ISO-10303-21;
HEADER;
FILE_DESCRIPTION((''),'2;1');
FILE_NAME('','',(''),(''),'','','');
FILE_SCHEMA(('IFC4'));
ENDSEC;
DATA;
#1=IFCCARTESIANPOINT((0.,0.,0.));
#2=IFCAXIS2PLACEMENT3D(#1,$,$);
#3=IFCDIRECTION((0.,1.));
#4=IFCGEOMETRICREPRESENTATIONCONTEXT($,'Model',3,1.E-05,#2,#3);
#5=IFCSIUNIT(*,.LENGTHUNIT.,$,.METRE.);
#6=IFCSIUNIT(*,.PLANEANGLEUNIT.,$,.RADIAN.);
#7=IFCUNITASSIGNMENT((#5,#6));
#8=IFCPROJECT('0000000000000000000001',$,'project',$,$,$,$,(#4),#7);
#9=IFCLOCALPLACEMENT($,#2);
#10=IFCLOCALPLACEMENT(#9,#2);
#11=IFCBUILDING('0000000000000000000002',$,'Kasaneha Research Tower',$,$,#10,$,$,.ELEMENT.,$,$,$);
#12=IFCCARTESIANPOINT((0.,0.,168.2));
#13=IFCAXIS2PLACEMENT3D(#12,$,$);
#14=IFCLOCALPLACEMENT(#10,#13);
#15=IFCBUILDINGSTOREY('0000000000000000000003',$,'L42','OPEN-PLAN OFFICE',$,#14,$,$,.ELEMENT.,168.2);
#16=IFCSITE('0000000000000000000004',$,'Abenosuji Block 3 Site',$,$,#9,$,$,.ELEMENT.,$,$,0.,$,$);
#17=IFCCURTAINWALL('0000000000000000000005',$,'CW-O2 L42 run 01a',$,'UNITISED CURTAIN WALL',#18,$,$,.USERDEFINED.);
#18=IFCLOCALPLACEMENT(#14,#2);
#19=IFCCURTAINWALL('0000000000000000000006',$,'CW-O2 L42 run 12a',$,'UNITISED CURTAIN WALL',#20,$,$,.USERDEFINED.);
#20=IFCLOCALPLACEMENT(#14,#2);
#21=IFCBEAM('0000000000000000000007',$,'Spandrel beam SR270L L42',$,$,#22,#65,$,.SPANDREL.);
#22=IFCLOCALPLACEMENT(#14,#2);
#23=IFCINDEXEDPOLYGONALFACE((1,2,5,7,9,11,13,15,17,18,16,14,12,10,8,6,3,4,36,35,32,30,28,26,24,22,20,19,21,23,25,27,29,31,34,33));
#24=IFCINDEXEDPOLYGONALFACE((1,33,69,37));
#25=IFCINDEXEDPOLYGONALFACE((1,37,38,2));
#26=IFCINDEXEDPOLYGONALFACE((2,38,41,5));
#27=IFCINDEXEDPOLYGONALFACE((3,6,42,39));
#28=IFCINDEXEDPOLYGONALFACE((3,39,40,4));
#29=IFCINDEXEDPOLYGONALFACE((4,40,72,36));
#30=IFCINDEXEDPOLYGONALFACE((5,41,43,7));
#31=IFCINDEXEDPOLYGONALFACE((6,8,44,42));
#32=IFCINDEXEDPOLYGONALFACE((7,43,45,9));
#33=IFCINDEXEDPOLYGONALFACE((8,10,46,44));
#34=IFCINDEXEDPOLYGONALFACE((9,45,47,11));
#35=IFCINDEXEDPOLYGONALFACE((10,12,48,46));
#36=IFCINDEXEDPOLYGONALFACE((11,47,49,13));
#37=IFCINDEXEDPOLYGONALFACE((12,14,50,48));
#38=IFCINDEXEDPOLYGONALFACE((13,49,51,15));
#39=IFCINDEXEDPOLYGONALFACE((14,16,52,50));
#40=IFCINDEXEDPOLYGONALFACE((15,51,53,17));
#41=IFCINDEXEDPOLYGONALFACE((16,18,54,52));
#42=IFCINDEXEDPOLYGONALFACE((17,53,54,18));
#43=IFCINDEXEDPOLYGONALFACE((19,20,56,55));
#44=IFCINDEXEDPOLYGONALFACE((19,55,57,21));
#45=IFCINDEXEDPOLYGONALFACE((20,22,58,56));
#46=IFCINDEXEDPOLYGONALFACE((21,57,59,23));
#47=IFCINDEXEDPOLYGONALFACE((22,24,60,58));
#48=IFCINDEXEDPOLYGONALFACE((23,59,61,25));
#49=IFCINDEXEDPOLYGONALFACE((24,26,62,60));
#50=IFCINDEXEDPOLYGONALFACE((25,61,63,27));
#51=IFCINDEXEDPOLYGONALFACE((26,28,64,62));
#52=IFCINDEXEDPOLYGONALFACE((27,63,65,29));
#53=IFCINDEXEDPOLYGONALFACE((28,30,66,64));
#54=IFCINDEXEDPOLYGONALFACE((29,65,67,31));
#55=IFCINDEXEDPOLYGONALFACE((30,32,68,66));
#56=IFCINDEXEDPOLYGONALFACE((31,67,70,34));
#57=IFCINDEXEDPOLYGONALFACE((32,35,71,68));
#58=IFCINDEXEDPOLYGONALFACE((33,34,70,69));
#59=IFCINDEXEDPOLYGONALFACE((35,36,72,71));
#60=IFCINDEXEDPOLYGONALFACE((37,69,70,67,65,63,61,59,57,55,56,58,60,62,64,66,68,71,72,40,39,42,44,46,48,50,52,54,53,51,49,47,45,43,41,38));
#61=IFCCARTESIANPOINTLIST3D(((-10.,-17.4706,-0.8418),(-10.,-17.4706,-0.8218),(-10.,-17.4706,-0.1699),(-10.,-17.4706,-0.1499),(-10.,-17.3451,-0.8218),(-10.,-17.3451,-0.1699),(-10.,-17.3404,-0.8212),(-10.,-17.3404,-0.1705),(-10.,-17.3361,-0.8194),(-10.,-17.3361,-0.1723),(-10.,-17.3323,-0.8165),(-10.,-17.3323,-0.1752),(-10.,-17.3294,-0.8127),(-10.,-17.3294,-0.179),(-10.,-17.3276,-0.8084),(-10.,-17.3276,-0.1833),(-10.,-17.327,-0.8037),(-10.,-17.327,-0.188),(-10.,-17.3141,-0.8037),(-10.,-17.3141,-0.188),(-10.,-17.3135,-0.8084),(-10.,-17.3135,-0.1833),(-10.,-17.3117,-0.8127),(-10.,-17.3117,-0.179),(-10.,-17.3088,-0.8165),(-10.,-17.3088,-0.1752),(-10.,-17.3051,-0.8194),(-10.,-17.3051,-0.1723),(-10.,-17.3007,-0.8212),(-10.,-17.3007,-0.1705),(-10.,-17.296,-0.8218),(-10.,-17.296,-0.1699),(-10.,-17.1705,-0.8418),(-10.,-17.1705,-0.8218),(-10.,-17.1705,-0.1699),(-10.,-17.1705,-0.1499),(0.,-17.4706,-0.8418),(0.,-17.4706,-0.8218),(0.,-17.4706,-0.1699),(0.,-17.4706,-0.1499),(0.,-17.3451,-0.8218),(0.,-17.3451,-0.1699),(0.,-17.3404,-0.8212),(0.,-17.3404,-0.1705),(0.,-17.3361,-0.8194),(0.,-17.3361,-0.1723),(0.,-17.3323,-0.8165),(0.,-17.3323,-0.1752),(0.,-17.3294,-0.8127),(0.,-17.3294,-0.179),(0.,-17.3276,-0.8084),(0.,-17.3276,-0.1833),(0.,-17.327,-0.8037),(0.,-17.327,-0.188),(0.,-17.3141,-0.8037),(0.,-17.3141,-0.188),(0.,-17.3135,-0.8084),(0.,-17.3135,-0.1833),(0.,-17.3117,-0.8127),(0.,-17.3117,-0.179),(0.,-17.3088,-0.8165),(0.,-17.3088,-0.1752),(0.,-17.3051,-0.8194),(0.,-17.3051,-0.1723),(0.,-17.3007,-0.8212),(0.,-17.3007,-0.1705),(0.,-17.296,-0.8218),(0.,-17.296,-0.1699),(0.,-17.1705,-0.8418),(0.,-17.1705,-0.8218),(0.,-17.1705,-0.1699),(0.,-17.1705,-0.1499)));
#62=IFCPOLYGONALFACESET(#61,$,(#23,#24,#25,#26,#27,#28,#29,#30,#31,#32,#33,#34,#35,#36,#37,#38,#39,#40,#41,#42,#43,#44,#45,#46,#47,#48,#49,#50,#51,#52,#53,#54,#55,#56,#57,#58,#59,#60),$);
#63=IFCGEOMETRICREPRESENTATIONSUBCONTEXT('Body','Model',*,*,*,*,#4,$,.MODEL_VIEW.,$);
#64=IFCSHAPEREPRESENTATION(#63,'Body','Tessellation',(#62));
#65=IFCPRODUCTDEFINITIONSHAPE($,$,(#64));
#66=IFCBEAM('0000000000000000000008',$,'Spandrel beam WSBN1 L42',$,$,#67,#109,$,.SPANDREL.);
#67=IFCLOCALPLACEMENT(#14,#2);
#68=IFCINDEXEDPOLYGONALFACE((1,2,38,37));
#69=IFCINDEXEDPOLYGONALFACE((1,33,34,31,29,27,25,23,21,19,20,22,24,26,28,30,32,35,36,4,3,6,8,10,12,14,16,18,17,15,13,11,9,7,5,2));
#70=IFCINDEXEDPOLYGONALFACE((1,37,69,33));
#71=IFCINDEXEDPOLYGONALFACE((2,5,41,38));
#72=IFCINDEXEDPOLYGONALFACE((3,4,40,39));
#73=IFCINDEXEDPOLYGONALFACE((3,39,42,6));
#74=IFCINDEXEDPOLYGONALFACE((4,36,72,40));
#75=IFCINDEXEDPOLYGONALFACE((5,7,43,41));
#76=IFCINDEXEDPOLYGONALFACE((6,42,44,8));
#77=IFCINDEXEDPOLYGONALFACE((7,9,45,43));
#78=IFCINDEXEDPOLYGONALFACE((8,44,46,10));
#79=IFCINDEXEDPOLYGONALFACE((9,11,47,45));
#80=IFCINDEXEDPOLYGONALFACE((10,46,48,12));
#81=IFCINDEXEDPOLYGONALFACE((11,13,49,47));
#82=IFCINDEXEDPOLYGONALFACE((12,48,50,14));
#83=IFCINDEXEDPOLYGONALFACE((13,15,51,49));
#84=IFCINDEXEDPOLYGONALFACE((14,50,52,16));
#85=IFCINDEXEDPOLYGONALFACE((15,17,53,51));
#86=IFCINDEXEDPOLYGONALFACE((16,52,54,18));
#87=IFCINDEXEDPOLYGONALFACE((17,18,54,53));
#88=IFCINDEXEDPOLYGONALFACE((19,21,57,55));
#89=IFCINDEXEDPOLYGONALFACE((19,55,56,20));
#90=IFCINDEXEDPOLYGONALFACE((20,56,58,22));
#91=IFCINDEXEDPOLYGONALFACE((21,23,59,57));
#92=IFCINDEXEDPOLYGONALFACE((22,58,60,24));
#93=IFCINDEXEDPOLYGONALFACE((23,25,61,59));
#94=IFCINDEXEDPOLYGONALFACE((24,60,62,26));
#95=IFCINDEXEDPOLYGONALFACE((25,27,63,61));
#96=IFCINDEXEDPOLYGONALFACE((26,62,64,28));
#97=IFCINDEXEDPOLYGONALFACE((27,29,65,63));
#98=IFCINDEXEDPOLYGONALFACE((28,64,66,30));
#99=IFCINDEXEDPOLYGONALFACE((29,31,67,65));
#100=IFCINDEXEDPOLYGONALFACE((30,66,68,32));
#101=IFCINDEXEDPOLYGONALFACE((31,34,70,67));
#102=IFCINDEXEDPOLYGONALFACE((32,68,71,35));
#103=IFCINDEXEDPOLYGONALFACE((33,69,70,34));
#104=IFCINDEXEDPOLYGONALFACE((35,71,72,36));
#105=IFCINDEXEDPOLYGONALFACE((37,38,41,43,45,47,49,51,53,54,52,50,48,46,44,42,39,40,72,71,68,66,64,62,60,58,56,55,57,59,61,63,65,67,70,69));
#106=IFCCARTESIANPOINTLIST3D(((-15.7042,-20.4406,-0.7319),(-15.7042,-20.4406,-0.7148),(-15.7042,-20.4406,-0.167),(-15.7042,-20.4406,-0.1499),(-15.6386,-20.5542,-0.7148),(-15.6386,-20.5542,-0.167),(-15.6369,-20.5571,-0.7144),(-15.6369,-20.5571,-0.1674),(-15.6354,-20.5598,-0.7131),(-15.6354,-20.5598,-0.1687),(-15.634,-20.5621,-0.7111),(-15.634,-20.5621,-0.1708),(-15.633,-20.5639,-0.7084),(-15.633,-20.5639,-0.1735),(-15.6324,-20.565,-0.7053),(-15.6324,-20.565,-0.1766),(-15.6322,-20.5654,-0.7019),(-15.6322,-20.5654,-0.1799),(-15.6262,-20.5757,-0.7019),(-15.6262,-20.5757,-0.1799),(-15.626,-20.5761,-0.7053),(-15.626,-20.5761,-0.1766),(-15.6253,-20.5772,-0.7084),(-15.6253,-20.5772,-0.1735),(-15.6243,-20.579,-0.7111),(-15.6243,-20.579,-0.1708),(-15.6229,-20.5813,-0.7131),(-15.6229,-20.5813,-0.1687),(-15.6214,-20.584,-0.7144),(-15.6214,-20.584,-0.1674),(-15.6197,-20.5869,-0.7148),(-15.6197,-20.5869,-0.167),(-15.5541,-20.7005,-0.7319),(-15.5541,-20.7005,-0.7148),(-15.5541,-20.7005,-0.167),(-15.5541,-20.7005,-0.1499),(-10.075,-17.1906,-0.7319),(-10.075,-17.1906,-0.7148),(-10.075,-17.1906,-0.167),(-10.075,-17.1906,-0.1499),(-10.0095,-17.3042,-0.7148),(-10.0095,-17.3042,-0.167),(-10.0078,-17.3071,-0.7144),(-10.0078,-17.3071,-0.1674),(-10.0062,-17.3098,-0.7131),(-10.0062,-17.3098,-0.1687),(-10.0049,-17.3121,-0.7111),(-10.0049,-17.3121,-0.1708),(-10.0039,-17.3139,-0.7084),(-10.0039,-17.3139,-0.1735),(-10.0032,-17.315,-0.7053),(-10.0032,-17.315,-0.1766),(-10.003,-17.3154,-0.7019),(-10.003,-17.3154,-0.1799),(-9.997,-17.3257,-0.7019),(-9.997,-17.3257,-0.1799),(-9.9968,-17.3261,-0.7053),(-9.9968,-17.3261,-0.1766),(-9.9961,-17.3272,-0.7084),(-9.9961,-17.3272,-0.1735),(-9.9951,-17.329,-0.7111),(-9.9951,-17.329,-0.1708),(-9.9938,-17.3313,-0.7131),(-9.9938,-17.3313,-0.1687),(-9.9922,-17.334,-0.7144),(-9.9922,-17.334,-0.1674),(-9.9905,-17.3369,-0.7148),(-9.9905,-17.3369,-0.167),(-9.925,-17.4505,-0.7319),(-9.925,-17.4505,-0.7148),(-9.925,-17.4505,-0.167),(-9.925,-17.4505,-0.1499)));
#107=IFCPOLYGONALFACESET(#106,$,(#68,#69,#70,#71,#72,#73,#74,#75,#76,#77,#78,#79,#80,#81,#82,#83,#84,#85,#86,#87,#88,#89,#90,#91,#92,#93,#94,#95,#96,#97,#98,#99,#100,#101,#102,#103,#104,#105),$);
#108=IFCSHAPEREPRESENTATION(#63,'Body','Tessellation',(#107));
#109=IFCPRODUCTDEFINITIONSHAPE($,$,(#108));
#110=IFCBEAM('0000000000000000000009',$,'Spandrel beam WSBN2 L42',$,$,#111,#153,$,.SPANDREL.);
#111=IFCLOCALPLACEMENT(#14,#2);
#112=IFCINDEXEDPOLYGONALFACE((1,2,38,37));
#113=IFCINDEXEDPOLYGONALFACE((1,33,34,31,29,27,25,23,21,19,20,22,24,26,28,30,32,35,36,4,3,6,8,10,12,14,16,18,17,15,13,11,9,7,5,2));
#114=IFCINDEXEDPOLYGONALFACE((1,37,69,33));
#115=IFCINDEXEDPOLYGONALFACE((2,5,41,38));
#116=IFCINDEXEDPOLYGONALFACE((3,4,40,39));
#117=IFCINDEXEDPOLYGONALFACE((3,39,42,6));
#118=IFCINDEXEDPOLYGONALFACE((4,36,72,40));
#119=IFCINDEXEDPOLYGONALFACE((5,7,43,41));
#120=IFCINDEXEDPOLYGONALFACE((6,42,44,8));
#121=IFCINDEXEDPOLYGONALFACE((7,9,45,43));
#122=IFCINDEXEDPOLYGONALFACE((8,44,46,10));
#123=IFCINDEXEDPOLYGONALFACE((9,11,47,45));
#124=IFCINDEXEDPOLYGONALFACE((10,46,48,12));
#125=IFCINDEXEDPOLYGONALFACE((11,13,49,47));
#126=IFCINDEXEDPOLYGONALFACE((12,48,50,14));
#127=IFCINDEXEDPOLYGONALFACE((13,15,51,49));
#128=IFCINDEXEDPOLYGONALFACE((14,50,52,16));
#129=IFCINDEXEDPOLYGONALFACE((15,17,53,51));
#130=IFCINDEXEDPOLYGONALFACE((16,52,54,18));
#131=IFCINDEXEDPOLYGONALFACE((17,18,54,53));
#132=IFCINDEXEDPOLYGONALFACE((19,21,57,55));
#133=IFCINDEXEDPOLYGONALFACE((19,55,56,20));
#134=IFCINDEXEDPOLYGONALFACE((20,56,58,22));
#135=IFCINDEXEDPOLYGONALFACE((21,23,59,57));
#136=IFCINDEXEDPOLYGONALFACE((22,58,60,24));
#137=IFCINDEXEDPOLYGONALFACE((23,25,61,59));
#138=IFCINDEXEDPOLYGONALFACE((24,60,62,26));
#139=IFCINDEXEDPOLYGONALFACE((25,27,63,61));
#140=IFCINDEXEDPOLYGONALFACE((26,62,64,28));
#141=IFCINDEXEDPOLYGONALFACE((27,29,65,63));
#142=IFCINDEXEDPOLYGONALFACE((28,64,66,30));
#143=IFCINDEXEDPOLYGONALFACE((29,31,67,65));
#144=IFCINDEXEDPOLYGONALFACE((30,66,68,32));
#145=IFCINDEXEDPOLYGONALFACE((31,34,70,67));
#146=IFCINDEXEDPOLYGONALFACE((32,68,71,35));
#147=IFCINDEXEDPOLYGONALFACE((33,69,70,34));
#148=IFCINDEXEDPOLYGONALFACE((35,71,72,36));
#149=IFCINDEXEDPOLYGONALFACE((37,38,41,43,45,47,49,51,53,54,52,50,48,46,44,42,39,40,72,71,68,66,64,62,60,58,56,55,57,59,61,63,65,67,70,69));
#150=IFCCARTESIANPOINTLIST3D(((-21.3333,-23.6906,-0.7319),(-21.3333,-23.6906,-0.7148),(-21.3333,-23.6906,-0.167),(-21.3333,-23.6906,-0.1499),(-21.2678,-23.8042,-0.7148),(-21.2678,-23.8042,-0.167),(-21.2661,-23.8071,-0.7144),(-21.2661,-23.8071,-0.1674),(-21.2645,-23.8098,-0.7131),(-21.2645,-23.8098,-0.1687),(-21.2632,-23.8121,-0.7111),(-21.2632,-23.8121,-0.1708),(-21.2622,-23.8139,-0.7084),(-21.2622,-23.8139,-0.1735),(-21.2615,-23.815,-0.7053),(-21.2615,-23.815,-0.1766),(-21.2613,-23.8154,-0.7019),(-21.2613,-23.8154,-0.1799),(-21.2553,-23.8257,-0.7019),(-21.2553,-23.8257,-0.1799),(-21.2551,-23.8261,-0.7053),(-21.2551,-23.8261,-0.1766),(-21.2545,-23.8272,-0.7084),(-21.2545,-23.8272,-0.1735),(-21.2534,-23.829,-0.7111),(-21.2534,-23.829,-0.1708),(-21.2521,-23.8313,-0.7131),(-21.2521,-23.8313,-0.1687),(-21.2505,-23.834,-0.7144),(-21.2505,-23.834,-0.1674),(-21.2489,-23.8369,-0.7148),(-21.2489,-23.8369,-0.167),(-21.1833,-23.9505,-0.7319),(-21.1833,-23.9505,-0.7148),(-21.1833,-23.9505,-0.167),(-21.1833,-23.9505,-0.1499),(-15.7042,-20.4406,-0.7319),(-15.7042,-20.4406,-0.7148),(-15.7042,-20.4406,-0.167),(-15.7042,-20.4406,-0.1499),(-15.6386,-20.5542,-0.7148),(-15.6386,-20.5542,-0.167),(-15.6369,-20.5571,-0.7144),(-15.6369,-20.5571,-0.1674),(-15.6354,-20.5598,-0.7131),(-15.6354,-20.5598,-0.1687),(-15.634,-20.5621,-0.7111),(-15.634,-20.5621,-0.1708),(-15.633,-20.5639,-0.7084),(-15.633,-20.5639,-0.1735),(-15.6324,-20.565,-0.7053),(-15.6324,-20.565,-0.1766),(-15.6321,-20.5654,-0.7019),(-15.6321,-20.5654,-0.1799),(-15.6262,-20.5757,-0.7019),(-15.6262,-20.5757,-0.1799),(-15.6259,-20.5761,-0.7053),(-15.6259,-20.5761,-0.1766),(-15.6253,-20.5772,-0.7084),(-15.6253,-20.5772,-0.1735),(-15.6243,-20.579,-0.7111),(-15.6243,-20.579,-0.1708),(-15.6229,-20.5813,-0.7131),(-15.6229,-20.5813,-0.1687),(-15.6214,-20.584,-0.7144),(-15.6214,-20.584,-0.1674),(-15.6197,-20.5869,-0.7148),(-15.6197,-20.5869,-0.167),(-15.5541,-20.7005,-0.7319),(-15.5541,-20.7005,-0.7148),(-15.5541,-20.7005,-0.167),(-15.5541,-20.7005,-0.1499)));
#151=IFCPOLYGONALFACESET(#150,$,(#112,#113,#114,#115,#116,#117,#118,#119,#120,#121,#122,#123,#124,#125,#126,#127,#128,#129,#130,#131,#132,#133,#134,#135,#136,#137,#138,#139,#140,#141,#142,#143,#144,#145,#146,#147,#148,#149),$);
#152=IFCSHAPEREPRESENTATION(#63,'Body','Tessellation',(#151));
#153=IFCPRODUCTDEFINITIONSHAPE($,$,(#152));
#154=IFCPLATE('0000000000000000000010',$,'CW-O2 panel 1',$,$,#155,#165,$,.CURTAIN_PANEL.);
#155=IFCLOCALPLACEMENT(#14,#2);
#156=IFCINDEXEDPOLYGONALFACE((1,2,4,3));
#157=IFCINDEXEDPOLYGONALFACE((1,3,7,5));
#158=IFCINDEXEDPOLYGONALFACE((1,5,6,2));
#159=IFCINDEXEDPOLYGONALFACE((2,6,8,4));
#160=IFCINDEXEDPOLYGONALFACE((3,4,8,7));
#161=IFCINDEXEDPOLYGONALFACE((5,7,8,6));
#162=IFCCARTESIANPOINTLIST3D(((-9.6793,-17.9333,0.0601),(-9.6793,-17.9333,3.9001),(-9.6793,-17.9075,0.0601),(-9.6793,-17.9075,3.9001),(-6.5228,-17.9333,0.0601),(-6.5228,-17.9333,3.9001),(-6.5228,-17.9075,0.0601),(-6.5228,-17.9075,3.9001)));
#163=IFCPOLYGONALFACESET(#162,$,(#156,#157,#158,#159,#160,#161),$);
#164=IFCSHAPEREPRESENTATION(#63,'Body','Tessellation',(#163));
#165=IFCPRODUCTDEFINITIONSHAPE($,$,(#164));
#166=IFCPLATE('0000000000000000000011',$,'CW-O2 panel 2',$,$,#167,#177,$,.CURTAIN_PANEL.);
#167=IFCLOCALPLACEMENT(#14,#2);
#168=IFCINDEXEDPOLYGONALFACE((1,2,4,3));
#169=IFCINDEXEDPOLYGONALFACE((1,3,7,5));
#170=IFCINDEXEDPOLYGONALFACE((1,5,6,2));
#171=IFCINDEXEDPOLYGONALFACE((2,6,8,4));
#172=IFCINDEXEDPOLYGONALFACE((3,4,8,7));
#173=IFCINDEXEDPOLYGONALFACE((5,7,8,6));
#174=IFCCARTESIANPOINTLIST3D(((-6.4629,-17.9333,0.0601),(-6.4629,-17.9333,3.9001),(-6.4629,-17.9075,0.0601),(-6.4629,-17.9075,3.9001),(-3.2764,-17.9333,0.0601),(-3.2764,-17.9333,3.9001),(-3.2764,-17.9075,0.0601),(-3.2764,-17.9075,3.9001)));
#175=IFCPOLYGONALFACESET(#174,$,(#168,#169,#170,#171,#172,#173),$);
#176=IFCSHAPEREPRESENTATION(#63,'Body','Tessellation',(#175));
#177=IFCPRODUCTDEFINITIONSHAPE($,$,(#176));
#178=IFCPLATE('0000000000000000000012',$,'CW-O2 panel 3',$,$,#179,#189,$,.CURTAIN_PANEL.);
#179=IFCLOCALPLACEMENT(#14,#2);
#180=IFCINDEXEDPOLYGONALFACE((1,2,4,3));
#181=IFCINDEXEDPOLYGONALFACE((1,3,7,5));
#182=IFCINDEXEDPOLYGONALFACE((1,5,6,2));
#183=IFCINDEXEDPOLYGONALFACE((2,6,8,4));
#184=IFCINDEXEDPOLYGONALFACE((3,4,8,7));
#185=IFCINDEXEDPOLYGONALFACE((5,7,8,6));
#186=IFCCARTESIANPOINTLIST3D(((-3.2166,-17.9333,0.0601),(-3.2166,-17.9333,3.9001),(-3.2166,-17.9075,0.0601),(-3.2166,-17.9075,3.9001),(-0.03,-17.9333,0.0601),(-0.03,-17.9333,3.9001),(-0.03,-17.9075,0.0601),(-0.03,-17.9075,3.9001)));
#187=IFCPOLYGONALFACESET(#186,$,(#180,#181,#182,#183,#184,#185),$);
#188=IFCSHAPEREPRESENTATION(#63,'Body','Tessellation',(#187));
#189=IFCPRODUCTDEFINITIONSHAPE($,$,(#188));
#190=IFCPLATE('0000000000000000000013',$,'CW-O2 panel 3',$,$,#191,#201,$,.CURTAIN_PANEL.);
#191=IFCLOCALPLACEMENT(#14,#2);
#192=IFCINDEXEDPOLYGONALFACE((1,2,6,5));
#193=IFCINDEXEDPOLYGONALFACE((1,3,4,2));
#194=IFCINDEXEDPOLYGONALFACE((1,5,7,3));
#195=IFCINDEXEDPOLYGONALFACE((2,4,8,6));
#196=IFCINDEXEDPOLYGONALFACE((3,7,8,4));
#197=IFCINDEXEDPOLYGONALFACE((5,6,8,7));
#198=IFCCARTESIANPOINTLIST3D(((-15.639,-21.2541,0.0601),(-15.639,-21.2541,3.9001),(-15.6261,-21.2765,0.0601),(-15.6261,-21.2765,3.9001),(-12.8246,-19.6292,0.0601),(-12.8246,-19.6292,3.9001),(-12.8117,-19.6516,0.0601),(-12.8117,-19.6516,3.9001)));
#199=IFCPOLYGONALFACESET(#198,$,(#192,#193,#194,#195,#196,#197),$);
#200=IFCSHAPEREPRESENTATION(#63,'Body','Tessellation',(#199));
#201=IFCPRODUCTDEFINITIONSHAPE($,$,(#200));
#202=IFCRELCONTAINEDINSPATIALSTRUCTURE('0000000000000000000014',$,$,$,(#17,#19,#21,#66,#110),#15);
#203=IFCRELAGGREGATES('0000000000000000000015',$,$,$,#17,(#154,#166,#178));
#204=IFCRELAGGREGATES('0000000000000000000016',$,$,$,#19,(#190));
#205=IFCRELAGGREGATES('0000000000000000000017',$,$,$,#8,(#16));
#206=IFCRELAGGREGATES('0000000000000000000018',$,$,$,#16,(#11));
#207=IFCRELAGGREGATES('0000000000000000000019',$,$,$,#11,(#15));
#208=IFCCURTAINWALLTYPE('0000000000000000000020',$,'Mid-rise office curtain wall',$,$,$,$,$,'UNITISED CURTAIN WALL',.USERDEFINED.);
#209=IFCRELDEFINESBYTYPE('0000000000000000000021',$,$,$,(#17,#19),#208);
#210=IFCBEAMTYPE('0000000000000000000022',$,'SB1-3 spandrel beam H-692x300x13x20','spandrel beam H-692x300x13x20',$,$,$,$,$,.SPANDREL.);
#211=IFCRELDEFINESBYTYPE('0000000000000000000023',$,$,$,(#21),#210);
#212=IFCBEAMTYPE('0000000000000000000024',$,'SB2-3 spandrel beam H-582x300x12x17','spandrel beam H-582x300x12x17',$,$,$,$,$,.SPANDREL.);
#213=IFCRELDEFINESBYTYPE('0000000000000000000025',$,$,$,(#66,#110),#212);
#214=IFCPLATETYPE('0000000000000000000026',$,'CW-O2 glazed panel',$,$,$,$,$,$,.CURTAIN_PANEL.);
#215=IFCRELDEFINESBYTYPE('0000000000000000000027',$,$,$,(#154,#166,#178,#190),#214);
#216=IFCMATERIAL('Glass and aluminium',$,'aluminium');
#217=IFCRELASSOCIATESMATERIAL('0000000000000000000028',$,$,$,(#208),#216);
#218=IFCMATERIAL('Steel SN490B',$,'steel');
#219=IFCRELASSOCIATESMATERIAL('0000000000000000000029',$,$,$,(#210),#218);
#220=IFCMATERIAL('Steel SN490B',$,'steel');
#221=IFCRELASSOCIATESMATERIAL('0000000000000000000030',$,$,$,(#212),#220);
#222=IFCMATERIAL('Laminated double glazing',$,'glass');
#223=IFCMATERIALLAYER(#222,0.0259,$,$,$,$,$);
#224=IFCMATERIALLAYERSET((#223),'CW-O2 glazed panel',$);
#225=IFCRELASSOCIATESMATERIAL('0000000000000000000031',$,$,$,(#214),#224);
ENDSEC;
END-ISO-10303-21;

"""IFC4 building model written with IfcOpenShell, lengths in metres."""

from ifc_helpers import new_model, si_unit, direction, frame, origin, origin_2d, place, context, subcontext, project, spatial, rectangle, i_section, extrude, material, layer, layer_set, material_profile, profile_set, type_object, element, aggregate, save


model = new_model("IFC4")

# Units and contexts
model_context = context("Model", 3, precision=1e-05, world=origin(), true_north=direction((0.0, 1.0)))
body_context = subcontext(model_context, "Body", "Model", "MODEL_VIEW")
ifc_project = project(units=[si_unit("LENGTHUNIT", "METRE"), si_unit("PLANEANGLEUNIT", "RADIAN")], contexts=[model_context])

# Site, building, storey
site_placement = place(None, origin())
site = spatial("IfcSite", under=ifc_project, at=site_placement, Name="Abenosuji Block 3 Site", CompositionType="ELEMENT", RefElevation=0.0)
building_placement = place(site_placement, origin())
building = spatial("IfcBuilding", under=site, at=building_placement, Name="Kasaneha Research Tower", CompositionType="ELEMENT")
storey_placement = place(building_placement, frame((0.0, 0.0, 168.2)))
storey = spatial("IfcBuildingStorey", under=building, at=storey_placement, Name="L42", Description="OPEN-PLAN OFFICE", CompositionType="ELEMENT", Elevation=168.2)

# Curtain walls
ifc_material_1 = material(Name="Glass and aluminium", Category="aluminium")
curtain_wall_type = type_object("IfcCurtainWallType", Name="Mid-rise office curtain wall", ElementType="UNITISED CURTAIN WALL", PredefinedType="USERDEFINED", material=ifc_material_1)
curtain_wall_1_placement = place(storey_placement, origin())
curtain_wall_1 = element("IfcCurtainWall", 1, at=curtain_wall_1_placement, inside=storey, type_object=curtain_wall_type, Name="CW-O2 L42 run 01a", ObjectType="UNITISED CURTAIN WALL", PredefinedType="USERDEFINED")
curtain_wall_2_placement = place(storey_placement, origin())
curtain_wall_2 = element("IfcCurtainWall", 2, at=curtain_wall_2_placement, inside=storey, type_object=curtain_wall_type, Name="CW-O2 L42 run 12a", ObjectType="UNITISED CURTAIN WALL", PredefinedType="USERDEFINED")

# Beams
ifc_material_2 = material(Name="Steel SN490B", Category="steel")
ifc_material_profile_1 = material_profile(ifc_material_2, i_section(OverallWidth=0.3, OverallDepth=0.6919, WebThickness=0.0129, FlangeThickness=0.02, FilletRadius=0.0181, at=origin_2d()), Name="H-692x300x13x20")
ifc_profile_set_1 = profile_set([ifc_material_profile_1], Name="Steel SN490B")
beam_type_1 = type_object("IfcBeamType", Name="SB1-3 spandrel beam H-692x300x13x20", Description="spandrel beam H-692x300x13x20", PredefinedType="SPANDREL", material=ifc_profile_set_1)
beam_1_placement = place(storey_placement, frame((-10.0, -17.3206, -0.4958), z_axis=(1.0, 0.0, 0.0), x_axis=(0.0, 1.0, 0.0)))
element("IfcBeam", 3, at=beam_1_placement, inside=storey, type_object=beam_type_1, Name="Spandrel beam SR270L L42", PredefinedType="SPANDREL", context=body_context, shape_type="SweptSolid", body=[
    extrude(i_section(OverallWidth=0.3, OverallDepth=0.6919, WebThickness=0.0129, FlangeThickness=0.02, FilletRadius=0.0181, at=origin_2d()), origin(), (0.0, 0.0, 1.0), 10.0),
])
ifc_material_3 = material(Name="Steel SN490B", Category="steel")
ifc_material_profile_2 = material_profile(ifc_material_3, i_section(OverallWidth=0.3, OverallDepth=0.582, WebThickness=0.012, FlangeThickness=0.0171, FilletRadius=0.0129, at=origin_2d()), Name="H-582x300x12x17")
ifc_profile_set_2 = profile_set([ifc_material_profile_2], Name="Steel SN490B")
beam_type_2 = type_object("IfcBeamType", Name="SB2-3 spandrel beam H-582x300x12x17", Description="spandrel beam H-582x300x12x17", PredefinedType="SPANDREL", material=ifc_profile_set_2)
for number, where, z_axis, x_axis, name in (
    (4, (-10.0, -17.3206, -0.4409), (-0.866025, -0.500001, 0.0), (0.500001, -0.866025, 0.0), "Spandrel beam WSBN1 L42"),
    (5, (-15.6292, -20.5706, -0.4409), (-0.866025, -0.500001, 0.0), (0.500001, -0.866025, 0.0), "Spandrel beam WSBN2 L42"),
):
    element("IfcBeam", number, at=place(storey_placement, frame(where, z_axis=z_axis, x_axis=x_axis)), inside=storey, type_object=beam_type_2, Name=name, PredefinedType="SPANDREL", context=body_context, shape_type="SweptSolid", body=[
        extrude(i_section(OverallWidth=0.3, OverallDepth=0.582, WebThickness=0.012, FlangeThickness=0.0171, FilletRadius=0.0129, at=origin_2d()), origin(), (0.0, 0.0, 1.0), 6.5),
    ])

# Plates
ifc_material_4 = material(Name="Laminated double glazing", Category="glass")
ifc_layer_1 = layer(ifc_material_4, 0.0259)
ifc_layer_set_1 = layer_set([ifc_layer_1], Name="CW-O2 glazed panel")
plate_type = type_object("IfcPlateType", Name="CW-O2 glazed panel", PredefinedType="CURTAIN_PANEL", material=ifc_layer_set_1)
plate_1_placement = place(storey_placement, frame((-8.1011, -17.9204, 0.0601), z_axis=(0.0, 0.0, 1.0), x_axis=(1.0, 0.0, 0.0)))
plate_1 = element("IfcPlate", 6, at=plate_1_placement, type_object=plate_type, Name="CW-O2 panel 1", PredefinedType="CURTAIN_PANEL", context=body_context, shape_type="SweptSolid", body=[
    extrude(rectangle(XDim=3.1565, YDim=0.0259, at=origin_2d()), origin(), (0.0, 0.0, 1.0), 3.8401),
])
plate_2_placement = place(storey_placement, frame((-4.8696, -17.9204, 0.0601), z_axis=(0.0, 0.0, 1.0), x_axis=(1.0, 0.0, 0.0)))
plate_2 = element("IfcPlate", 7, at=plate_2_placement, type_object=plate_type, Name="CW-O2 panel 2", PredefinedType="CURTAIN_PANEL", context=body_context, shape_type="SweptSolid", body=[
    extrude(rectangle(XDim=3.1865, YDim=0.0259, at=origin_2d()), origin(), (0.0, 0.0, 1.0), 3.8401),
])
plate_3_placement = place(storey_placement, frame((-1.6233, -17.9204, 0.0601), z_axis=(0.0, 0.0, 1.0), x_axis=(1.0, 0.0, 0.0)))
plate_3 = element("IfcPlate", 8, at=plate_3_placement, type_object=plate_type, Name="CW-O2 panel 3", PredefinedType="CURTAIN_PANEL", context=body_context, shape_type="SweptSolid", body=[
    extrude(rectangle(XDim=3.1865, YDim=0.0259, at=origin_2d()), origin(), (0.0, 0.0, 1.0), 3.8401),
])
aggregate(curtain_wall_1, [plate_1, plate_2, plate_3])
plate_4_placement = place(storey_placement, frame((-14.2253, -20.4529, 0.0601), z_axis=(0.0, 0.0, 1.0), x_axis=(0.866025, 0.5, 0.0)))
plate_4 = element("IfcPlate", 9, at=plate_4_placement, type_object=plate_type, Name="CW-O2 panel 3", PredefinedType="CURTAIN_PANEL", context=body_context, shape_type="SweptSolid", body=[
    extrude(rectangle(XDim=3.2498, YDim=0.0259, at=origin_2d()), origin(), (0.0, 0.0, 1.0), 3.8401),
])
aggregate(curtain_wall_2, [plate_4])

save(model, "model.ifc")
